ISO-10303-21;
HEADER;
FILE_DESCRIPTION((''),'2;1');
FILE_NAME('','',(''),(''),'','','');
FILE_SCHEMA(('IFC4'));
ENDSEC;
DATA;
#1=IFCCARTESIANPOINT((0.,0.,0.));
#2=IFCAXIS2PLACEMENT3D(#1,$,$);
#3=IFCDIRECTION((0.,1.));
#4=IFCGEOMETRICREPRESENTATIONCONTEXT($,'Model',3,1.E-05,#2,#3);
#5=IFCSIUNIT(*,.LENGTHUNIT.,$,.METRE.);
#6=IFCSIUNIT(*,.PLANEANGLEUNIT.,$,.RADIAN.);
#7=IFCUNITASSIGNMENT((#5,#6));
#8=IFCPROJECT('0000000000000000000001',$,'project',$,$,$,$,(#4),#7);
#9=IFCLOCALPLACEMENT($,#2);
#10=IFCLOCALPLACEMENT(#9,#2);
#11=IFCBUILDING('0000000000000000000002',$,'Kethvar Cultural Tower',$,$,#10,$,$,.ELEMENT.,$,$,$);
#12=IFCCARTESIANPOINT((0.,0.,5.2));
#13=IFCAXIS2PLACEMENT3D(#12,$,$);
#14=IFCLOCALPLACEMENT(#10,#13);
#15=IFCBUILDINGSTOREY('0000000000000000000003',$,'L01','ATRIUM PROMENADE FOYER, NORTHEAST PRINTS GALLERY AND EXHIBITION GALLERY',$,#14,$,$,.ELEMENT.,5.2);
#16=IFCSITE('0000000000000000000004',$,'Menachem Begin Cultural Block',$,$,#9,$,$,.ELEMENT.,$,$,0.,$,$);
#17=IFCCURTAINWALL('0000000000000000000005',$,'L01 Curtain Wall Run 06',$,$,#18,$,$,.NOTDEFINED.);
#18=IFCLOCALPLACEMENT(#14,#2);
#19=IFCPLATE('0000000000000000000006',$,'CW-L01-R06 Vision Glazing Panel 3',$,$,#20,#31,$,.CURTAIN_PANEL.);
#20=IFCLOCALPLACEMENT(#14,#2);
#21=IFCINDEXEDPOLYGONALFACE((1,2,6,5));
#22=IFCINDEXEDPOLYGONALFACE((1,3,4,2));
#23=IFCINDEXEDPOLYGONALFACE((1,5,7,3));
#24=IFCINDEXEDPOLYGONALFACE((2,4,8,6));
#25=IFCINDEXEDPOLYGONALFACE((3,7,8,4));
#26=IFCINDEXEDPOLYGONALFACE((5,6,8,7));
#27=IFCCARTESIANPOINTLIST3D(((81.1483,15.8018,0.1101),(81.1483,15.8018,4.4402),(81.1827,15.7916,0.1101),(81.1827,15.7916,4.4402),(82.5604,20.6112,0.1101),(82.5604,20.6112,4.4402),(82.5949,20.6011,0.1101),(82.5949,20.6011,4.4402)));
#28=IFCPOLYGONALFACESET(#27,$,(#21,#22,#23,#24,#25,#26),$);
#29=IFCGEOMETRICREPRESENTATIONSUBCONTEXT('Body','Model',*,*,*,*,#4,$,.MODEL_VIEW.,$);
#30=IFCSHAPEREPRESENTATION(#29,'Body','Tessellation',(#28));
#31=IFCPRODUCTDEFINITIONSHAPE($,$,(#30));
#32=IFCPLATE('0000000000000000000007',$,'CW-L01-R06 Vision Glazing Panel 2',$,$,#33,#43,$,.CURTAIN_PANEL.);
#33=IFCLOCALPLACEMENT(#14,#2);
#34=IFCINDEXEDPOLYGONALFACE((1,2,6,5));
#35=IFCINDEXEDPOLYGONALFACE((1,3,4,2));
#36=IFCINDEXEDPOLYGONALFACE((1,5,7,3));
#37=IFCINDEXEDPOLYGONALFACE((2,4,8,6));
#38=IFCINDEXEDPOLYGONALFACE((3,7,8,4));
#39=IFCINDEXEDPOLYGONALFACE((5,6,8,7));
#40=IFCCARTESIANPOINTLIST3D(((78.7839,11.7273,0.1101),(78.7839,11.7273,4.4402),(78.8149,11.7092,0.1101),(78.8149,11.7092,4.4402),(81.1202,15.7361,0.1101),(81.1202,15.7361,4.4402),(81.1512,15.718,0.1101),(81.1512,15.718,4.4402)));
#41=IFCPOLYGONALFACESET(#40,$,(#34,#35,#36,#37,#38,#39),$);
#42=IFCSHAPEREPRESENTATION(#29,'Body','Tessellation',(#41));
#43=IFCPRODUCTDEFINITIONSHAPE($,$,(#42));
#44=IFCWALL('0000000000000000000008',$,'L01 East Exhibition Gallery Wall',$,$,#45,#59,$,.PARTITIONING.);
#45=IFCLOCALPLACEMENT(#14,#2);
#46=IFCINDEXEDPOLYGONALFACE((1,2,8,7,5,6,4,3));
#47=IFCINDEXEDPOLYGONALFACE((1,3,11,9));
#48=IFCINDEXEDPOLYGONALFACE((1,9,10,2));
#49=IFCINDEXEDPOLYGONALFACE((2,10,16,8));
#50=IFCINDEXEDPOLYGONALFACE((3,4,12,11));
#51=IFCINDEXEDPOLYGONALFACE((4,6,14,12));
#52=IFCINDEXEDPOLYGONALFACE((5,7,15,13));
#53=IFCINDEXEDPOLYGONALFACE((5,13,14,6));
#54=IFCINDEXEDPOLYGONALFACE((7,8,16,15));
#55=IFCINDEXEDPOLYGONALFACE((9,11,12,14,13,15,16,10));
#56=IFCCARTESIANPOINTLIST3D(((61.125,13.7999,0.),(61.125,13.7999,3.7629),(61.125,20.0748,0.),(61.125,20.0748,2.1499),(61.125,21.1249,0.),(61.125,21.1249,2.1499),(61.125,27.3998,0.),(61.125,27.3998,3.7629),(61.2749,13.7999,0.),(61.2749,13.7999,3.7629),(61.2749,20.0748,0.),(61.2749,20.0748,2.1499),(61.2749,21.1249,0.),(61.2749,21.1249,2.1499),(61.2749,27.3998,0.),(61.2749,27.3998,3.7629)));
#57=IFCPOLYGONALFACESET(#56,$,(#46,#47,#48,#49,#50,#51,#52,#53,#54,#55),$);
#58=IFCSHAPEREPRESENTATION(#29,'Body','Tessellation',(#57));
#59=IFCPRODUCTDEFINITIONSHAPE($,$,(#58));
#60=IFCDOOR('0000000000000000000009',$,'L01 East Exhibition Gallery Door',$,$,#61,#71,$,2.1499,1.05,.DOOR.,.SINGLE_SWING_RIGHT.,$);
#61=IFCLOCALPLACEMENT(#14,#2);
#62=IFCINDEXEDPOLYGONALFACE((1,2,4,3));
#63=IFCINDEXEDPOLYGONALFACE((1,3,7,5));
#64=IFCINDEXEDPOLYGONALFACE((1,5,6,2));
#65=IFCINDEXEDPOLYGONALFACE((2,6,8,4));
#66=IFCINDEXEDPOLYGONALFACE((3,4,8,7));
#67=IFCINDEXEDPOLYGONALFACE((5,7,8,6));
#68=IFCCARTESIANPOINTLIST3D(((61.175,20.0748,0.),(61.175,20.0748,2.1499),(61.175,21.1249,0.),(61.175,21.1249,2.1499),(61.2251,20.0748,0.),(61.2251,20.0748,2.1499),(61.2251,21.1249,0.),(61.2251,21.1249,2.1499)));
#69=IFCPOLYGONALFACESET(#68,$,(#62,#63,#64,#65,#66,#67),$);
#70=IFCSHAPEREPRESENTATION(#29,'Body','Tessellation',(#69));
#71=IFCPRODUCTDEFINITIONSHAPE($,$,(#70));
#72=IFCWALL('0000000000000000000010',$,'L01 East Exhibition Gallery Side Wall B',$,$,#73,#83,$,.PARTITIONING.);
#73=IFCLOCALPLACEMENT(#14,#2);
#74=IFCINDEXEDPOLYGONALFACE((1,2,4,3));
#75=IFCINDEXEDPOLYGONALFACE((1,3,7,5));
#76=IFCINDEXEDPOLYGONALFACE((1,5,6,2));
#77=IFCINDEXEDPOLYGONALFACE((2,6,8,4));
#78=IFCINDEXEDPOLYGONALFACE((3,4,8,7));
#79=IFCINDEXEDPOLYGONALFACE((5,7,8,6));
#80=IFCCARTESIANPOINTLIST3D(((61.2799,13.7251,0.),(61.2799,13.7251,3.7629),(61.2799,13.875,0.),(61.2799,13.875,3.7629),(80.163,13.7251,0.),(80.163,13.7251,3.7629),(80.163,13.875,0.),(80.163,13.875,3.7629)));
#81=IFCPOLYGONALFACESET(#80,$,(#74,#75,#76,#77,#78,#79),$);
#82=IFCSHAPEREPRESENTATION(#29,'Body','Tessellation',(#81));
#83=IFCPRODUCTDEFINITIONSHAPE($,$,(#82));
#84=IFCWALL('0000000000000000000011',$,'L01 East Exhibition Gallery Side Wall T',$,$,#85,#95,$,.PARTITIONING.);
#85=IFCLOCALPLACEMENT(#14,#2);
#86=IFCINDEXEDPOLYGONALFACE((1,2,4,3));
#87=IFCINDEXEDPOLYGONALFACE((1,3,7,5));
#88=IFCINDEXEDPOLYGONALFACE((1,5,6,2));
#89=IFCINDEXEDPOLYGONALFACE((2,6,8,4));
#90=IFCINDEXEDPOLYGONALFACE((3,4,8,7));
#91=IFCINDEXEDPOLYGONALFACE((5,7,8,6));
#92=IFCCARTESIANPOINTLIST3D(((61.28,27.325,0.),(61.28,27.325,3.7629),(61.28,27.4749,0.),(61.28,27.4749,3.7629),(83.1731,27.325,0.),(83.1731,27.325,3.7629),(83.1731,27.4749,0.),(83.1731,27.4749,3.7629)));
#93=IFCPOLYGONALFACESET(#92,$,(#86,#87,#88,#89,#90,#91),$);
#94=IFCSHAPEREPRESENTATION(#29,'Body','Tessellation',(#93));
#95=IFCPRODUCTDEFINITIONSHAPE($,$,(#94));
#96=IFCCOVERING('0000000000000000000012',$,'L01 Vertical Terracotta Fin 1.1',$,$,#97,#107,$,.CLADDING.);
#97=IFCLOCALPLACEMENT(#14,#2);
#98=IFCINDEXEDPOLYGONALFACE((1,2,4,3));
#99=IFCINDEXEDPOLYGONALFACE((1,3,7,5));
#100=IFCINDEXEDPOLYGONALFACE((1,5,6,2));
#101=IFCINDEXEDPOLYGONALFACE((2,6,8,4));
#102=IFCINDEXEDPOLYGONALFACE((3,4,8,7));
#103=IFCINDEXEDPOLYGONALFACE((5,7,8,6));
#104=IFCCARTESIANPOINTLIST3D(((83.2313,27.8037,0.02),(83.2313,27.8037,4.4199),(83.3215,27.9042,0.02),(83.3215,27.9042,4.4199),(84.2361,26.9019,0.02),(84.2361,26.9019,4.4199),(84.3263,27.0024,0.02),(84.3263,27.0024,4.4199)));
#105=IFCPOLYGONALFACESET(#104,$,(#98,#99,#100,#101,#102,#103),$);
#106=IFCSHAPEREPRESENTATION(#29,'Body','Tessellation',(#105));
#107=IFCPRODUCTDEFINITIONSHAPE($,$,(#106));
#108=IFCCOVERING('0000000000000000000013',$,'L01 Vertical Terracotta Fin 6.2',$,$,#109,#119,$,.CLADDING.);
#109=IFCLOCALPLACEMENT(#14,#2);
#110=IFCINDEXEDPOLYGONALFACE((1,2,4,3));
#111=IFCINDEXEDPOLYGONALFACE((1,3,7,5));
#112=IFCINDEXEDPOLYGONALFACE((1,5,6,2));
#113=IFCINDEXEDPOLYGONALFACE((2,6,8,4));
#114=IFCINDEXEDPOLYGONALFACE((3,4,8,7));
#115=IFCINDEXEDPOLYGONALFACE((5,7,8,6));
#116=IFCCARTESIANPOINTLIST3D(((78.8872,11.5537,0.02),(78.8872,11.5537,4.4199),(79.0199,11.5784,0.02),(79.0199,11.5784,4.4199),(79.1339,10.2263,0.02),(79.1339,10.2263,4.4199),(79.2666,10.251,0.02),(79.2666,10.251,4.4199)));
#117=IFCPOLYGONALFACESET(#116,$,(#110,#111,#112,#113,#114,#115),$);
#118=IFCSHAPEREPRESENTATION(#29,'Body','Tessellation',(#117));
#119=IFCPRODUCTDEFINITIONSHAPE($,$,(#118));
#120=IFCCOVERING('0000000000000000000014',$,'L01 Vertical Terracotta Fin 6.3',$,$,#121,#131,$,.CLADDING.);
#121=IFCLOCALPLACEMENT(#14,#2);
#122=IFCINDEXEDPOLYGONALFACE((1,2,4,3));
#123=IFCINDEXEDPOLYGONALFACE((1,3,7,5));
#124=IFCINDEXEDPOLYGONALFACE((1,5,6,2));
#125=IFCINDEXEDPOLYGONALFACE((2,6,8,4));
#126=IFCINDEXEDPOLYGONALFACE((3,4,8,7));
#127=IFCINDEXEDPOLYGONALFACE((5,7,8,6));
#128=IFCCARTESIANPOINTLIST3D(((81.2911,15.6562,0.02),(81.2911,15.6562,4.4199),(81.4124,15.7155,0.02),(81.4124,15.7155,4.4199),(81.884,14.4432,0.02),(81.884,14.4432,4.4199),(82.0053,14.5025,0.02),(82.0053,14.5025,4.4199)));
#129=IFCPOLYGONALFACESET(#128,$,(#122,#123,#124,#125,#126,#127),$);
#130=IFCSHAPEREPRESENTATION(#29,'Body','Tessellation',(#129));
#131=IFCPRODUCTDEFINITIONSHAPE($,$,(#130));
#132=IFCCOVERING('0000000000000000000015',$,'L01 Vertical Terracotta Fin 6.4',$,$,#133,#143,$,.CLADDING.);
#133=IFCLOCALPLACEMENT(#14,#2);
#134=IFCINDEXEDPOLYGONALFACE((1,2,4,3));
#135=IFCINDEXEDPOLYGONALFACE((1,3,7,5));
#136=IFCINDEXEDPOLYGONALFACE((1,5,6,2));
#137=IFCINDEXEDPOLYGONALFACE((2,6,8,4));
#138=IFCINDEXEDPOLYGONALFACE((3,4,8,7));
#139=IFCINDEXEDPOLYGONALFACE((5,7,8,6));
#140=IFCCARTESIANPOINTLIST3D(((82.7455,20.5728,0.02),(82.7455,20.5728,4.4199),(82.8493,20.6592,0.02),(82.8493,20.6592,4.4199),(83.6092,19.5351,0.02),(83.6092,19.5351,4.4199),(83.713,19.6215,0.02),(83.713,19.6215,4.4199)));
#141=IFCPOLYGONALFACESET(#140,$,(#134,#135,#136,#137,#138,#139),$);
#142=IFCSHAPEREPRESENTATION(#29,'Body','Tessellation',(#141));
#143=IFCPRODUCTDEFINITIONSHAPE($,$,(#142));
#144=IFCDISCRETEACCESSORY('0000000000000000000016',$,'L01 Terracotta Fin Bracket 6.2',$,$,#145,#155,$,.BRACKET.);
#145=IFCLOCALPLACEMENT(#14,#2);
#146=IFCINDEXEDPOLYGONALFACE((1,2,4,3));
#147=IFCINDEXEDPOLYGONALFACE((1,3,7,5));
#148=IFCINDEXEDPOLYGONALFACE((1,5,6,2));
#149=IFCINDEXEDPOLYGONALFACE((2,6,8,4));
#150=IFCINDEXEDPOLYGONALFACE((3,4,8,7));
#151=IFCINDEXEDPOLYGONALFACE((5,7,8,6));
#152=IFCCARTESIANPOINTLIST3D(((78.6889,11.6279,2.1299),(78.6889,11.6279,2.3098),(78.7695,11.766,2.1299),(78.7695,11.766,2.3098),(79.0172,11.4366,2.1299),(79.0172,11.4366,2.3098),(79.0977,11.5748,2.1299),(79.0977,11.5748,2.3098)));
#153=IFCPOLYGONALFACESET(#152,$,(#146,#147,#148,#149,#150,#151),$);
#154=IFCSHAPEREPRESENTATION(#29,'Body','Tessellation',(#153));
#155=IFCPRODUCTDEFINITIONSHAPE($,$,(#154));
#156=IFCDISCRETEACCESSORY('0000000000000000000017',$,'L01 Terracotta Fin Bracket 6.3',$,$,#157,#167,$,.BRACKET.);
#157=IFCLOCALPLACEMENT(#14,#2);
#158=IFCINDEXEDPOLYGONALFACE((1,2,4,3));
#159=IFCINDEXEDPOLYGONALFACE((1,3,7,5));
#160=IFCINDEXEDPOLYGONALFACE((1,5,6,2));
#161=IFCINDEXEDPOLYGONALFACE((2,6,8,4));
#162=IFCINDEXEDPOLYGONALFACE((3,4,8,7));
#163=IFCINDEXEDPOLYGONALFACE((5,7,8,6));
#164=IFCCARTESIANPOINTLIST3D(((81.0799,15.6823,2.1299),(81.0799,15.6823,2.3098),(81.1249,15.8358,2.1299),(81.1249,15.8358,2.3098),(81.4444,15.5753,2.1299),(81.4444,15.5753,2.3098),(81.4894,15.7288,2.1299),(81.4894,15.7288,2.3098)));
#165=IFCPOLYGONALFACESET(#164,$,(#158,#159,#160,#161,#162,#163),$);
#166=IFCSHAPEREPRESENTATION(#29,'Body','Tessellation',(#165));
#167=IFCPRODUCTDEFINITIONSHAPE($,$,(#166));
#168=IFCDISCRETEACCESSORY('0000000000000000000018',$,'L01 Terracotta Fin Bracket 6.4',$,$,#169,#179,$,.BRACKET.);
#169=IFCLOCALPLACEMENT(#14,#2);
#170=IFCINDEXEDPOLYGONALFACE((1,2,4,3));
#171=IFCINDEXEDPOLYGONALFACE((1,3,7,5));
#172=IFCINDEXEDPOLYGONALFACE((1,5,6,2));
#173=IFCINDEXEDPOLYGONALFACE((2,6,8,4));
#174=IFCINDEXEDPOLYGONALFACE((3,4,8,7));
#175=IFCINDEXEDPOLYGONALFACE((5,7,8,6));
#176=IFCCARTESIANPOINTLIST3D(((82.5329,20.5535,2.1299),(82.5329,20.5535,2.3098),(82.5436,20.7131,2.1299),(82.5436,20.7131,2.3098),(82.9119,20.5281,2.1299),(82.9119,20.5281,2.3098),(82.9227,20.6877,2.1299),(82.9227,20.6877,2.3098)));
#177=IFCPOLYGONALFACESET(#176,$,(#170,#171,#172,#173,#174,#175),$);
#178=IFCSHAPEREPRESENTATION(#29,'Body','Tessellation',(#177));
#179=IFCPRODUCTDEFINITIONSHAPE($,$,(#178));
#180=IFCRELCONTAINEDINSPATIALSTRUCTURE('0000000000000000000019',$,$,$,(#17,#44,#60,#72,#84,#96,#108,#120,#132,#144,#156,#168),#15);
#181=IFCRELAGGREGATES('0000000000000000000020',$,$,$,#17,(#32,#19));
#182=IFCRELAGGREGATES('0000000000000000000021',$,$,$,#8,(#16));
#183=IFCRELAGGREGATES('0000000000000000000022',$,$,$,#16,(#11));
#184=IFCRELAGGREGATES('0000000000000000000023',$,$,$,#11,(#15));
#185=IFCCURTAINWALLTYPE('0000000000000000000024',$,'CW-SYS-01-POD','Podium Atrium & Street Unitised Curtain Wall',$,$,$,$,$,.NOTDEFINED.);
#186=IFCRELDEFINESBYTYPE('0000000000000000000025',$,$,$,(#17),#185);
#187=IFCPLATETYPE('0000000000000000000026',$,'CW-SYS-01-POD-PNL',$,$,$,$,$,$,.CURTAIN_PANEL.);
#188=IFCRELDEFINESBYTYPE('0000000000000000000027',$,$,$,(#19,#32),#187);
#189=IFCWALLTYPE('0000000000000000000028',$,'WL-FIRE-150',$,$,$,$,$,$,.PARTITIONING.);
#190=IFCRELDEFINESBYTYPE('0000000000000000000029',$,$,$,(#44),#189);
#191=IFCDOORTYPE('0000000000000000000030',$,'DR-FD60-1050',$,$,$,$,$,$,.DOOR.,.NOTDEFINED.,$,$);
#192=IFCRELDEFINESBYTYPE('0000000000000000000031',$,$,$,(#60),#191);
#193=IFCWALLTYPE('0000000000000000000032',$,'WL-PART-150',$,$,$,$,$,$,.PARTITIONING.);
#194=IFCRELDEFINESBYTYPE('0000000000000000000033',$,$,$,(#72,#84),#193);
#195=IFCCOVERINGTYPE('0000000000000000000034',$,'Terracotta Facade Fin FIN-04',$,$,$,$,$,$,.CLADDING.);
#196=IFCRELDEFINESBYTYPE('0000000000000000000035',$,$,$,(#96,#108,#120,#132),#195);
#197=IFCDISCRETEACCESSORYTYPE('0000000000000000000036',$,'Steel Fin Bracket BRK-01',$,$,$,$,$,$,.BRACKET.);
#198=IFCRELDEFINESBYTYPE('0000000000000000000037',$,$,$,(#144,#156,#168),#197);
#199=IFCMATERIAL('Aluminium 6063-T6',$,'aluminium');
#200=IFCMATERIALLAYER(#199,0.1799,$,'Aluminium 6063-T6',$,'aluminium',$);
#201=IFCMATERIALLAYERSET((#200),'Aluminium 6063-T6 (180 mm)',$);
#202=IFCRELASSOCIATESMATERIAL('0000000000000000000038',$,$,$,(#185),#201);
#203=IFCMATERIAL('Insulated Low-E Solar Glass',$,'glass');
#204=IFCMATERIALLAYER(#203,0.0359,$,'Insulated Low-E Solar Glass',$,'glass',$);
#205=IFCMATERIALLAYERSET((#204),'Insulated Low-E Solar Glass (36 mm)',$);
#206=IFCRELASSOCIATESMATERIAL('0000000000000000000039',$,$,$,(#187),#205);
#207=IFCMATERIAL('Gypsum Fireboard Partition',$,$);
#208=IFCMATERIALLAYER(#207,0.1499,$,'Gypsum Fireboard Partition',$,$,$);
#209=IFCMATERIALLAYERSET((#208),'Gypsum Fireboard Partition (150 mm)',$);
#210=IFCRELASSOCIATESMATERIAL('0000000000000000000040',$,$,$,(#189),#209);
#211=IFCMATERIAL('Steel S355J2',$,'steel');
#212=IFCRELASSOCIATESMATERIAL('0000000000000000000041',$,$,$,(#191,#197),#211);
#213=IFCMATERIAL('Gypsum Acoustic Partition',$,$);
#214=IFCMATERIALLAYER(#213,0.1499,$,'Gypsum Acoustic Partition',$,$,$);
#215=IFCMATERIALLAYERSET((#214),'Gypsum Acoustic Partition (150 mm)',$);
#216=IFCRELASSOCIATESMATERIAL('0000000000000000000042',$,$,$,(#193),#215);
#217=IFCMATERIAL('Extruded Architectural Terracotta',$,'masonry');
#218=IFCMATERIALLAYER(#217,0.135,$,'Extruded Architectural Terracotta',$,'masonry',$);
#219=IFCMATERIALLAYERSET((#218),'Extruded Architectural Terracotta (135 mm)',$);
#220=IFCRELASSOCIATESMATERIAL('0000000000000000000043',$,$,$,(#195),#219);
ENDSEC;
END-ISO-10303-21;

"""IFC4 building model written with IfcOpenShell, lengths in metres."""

from ifc_helpers import new_model, si_unit, direction, frame, frame_2d, origin, origin_2d, place, context, subcontext, project, spatial, rectangle, extrude, source, transform, mapped, material, layer, layer_set, type_object, element, fill, aggregate, save


model = new_model("IFC4")

# Units and contexts
model_context = context("Model", 3, precision=1e-05, world=origin(), true_north=direction((0.0, 1.0)))
body_context = subcontext(model_context, "Body", "Model", "MODEL_VIEW")
ifc_project = project(units=[si_unit("LENGTHUNIT", "METRE"), si_unit("PLANEANGLEUNIT", "RADIAN")], contexts=[model_context])

# Site, building, storey
site_placement = place(None, origin())
site = spatial("IfcSite", under=ifc_project, at=site_placement, Name="Menachem Begin Cultural Block", CompositionType="ELEMENT", RefElevation=0.0)
building_placement = place(site_placement, origin())
building = spatial("IfcBuilding", under=site, at=building_placement, Name="Kethvar Cultural Tower", CompositionType="ELEMENT")
storey_placement = place(building_placement, frame((0.0, 0.0, 5.2)))
storey = spatial("IfcBuildingStorey", under=building, at=storey_placement, Name="L01", Description="ATRIUM PROMENADE FOYER, NORTHEAST PRINTS GALLERY AND EXHIBITION GALLERY", CompositionType="ELEMENT", Elevation=5.2)

# Shared definitions
ifc_material_1 = material(Name="Steel S355J2", Category="steel")

# Curtain wall, plates
ifc_material_2 = material(Name="Aluminium 6063-T6", Category="aluminium")
ifc_layer_1 = layer(ifc_material_2, 0.1799, Name="Aluminium 6063-T6", Category="aluminium")
ifc_layer_set_1 = layer_set([ifc_layer_1], Name="Aluminium 6063-T6 (180 mm)")
curtain_wall_type = type_object("IfcCurtainWallType", Name="CW-SYS-01-POD", Description="Podium Atrium & Street Unitised Curtain Wall", PredefinedType="NOTDEFINED", material=ifc_layer_set_1)
curtain_wall_placement = place(storey_placement, origin())
curtain_wall = element("IfcCurtainWall", 1, at=curtain_wall_placement, inside=storey, type_object=curtain_wall_type, Name="L01 Curtain Wall Run 06", PredefinedType="NOTDEFINED")
ifc_material_3 = material(Name="Insulated Low-E Solar Glass", Category="glass")
ifc_layer_2 = layer(ifc_material_3, 0.0359, Name="Insulated Low-E Solar Glass", Category="glass")
ifc_layer_set_2 = layer_set([ifc_layer_2], Name="Insulated Low-E Solar Glass (36 mm)")
plate_type = type_object("IfcPlateType", Name="CW-SYS-01-POD-PNL", PredefinedType="CURTAIN_PANEL", material=ifc_layer_set_2)
shared_shape_1 = source(origin(), body_context, "Body", "SweptSolid", [
    extrude(rectangle(XDim=5.0125, YDim=0.0359, at=origin_2d()), origin(), (0.0, 0.0, 1.0), 4.3301),
])
plate_1_placement = place(storey_placement, frame((81.8716, 18.2014, 0.1101), z_axis=(0.0, 0.0, 1.0), x_axis=(0.281722, 0.959496, 0.0)))
plate_1 = element("IfcPlate", 2, at=plate_1_placement, type_object=plate_type, Name="CW-L01-R06 Vision Glazing Panel 3", PredefinedType="CURTAIN_PANEL", context=body_context, shape_type="MappedRepresentation", body=[
    mapped(shared_shape_1, transform((0.0, 0.0, 0.0), scale=1.0)),
])
shared_shape_2 = source(origin(), body_context, "Body", "SweptSolid", [
    extrude(rectangle(XDim=4.6399, YDim=0.0359, at=origin_2d()), origin(), (0.0, 0.0, 1.0), 4.3301),
])
plate_2_placement = place(storey_placement, frame((79.9675, 13.7227, 0.1101), z_axis=(0.0, 0.0, 1.0), x_axis=(0.503518, 0.863985, 0.0)))
plate_2 = element("IfcPlate", 3, at=plate_2_placement, type_object=plate_type, Name="CW-L01-R06 Vision Glazing Panel 2", PredefinedType="CURTAIN_PANEL", context=body_context, shape_type="MappedRepresentation", body=[
    mapped(shared_shape_2, transform((0.0, 0.0, 0.0), scale=1.0)),
])
aggregate(curtain_wall, [plate_2, plate_1])

# Wall, opening, door
ifc_material_4 = material(Name="Gypsum Fireboard Partition")
ifc_layer_3 = layer(ifc_material_4, 0.1499, Name="Gypsum Fireboard Partition")
ifc_layer_set_3 = layer_set([ifc_layer_3], Name="Gypsum Fireboard Partition (150 mm)")
wall_type_1 = type_object("IfcWallType", Name="WL-FIRE-150", PredefinedType="PARTITIONING", material=ifc_layer_set_3)
wall_1_placement = place(storey_placement, frame((61.2, 13.8, 0.0), z_axis=(0.0, 0.0, 1.0), x_axis=(0.0, 1.0, 0.0)))
wall_1 = element("IfcWall", 4, at=wall_1_placement, inside=storey, type_object=wall_type_1, Name="L01 East Exhibition Gallery Wall", PredefinedType="PARTITIONING", context=body_context, shape_type="SweptSolid", body=[
    extrude(rectangle(XDim=13.5999, YDim=0.1499, at=frame_2d((6.7998, 0.0))), origin(), (0.0, 0.0, 1.0), 3.7629),
])
opening_1_placement = place(wall_1_placement, frame((6.2749, 0.0, 0.0)))
opening_1 = element("IfcOpeningElement", 5, at=opening_1_placement, cuts=wall_1, PredefinedType="OPENING", context=body_context, shape_type="SweptSolid", body=[
    extrude(rectangle(XDim=1.05, YDim=2.1499, at=frame_2d((0.5249, 1.075))), frame((0.0, 0.085, 0.0), z_axis=(0.0, -1.0, 0.0), x_axis=(1.0, 0.0, 0.0)), (0.0, 0.0, 1.0), 0.1699),
])
door_type = type_object("IfcDoorType", Name="DR-FD60-1050", OperationType="NOTDEFINED", PredefinedType="DOOR", material=ifc_material_1)
shared_shape_3 = source(origin(), body_context, "Body", "SweptSolid", [
    extrude(rectangle(XDim=1.05, YDim=2.1499, at=frame_2d((0.5249, 1.075))), frame((0.0, 0.0249, 0.0), z_axis=(0.0, -1.0, 0.0), x_axis=(1.0, 0.0, 0.0)), (0.0, 0.0, 1.0), 0.05),
])
door_1_placement = place(opening_1_placement, origin())
door_1 = element("IfcDoor", 6, at=door_1_placement, inside=storey, type_object=door_type, Name="L01 East Exhibition Gallery Door", OperationType="SINGLE_SWING_RIGHT", OverallHeight=2.1499, OverallWidth=1.05, PredefinedType="DOOR", context=body_context, shape_type="MappedRepresentation", body=[
    mapped(shared_shape_3, transform((0.0, 0.0, 0.0), scale=1.0)),
])
fill(opening_1, door_1)

# Walls
ifc_material_5 = material(Name="Gypsum Acoustic Partition")
ifc_layer_4 = layer(ifc_material_5, 0.1499, Name="Gypsum Acoustic Partition")
ifc_layer_set_4 = layer_set([ifc_layer_4], Name="Gypsum Acoustic Partition (150 mm)")
wall_type_2 = type_object("IfcWallType", Name="WL-PART-150", PredefinedType="PARTITIONING", material=ifc_layer_set_4)
wall_2_placement = place(storey_placement, frame((61.28, 13.8, 0.0), z_axis=(0.0, 0.0, 1.0), x_axis=(1.0, 0.0, 0.0)))
element("IfcWall", 7, at=wall_2_placement, inside=storey, type_object=wall_type_2, Name="L01 East Exhibition Gallery Side Wall B", PredefinedType="PARTITIONING", context=body_context, shape_type="SweptSolid", body=[
    extrude(rectangle(XDim=18.8831, YDim=0.1499, at=frame_2d((9.4414, 0.0))), origin(), (0.0, 0.0, 1.0), 3.7629),
])
wall_3_placement = place(storey_placement, frame((61.28, 27.3999, 0.0), z_axis=(0.0, 0.0, 1.0), x_axis=(1.0, 0.0, 0.0)))
element("IfcWall", 8, at=wall_3_placement, inside=storey, type_object=wall_type_2, Name="L01 East Exhibition Gallery Side Wall T", PredefinedType="PARTITIONING", context=body_context, shape_type="SweptSolid", body=[
    extrude(rectangle(XDim=21.8931, YDim=0.1499, at=frame_2d((10.9465, 0.0))), origin(), (0.0, 0.0, 1.0), 3.7629),
])

# Coverings
ifc_material_6 = material(Name="Extruded Architectural Terracotta", Category="masonry")
ifc_layer_5 = layer(ifc_material_6, 0.135, Name="Extruded Architectural Terracotta", Category="masonry")
ifc_layer_set_5 = layer_set([ifc_layer_5], Name="Extruded Architectural Terracotta (135 mm)")
covering_type = type_object("IfcCoveringType", Name="Terracotta Facade Fin FIN-04", PredefinedType="CLADDING", material=ifc_layer_set_5)
shared_shape_4 = source(origin(), body_context, "Body", "SweptSolid", [
    extrude(rectangle(XDim=1.3501, YDim=0.135, at=origin_2d()), origin(), (0.0, 0.0, 1.0), 4.3999),
])
for number, where, z_axis, x_axis, name in (
    (9, (83.7788, 27.4031, 0.02), (0.0, 0.0, 1.0), (0.744195, -0.667962, 0.0), "L01 Vertical Terracotta Fin 1.1"),
    (10, (79.0769, 10.9023, 0.02), (0.0, 0.0, 1.0), (0.18275, -0.983159, 0.0), "L01 Vertical Terracotta Fin 6.2"),
    (11, (81.6482, 15.0793, 0.02), (0.0, 0.0, 1.0), (0.439155, -0.898411, 0.0), "L01 Vertical Terracotta Fin 6.3"),
    (12, (83.2292, 20.0972, 0.02), (0.0, 0.0, 1.0), (0.639707, -0.768619, 0.0), "L01 Vertical Terracotta Fin 6.4"),
):
    element("IfcCovering", number, at=place(storey_placement, frame(where, z_axis=z_axis, x_axis=x_axis)), inside=storey, type_object=covering_type, Name=name, PredefinedType="CLADDING", context=body_context, shape_type="MappedRepresentation", body=[
        mapped(shared_shape_4, transform((0.0, 0.0, 0.0), scale=1.0)),
    ])

# Discrete accessories
discrete_accessory_type = type_object("IfcDiscreteAccessoryType", Name="Steel Fin Bracket BRK-01", PredefinedType="BRACKET", material=ifc_material_1)
shared_shape_5 = source(origin(), body_context, "Body", "SweptSolid", [
    extrude(rectangle(XDim=0.3799, YDim=0.1599, at=origin_2d()), origin(), (0.0, 0.0, 1.0), 0.1799),
])
for number, where, z_axis, x_axis, name in (
    (13, (78.8933, 11.6013, 2.1299), (0.0, 0.0, 1.0), (0.864011, -0.503472, 0.0), "L01 Terracotta Fin Bracket 6.2"),
    (14, (81.2847, 15.7056, 2.1299), (0.0, 0.0, 1.0), (0.959511, -0.281672, 0.0), "L01 Terracotta Fin Bracket 6.3"),
    (15, (82.7278, 20.6206, 2.1299), (0.0, 0.0, 1.0), (0.997755, -0.06697, 0.0), "L01 Terracotta Fin Bracket 6.4"),
):
    element("IfcDiscreteAccessory", number, at=place(storey_placement, frame(where, z_axis=z_axis, x_axis=x_axis)), inside=storey, type_object=discrete_accessory_type, Name=name, PredefinedType="BRACKET", context=body_context, shape_type="MappedRepresentation", body=[
        mapped(shared_shape_5, transform((0.0, 0.0, 0.0), scale=1.0)),
    ])

save(model, "model.ifc")
